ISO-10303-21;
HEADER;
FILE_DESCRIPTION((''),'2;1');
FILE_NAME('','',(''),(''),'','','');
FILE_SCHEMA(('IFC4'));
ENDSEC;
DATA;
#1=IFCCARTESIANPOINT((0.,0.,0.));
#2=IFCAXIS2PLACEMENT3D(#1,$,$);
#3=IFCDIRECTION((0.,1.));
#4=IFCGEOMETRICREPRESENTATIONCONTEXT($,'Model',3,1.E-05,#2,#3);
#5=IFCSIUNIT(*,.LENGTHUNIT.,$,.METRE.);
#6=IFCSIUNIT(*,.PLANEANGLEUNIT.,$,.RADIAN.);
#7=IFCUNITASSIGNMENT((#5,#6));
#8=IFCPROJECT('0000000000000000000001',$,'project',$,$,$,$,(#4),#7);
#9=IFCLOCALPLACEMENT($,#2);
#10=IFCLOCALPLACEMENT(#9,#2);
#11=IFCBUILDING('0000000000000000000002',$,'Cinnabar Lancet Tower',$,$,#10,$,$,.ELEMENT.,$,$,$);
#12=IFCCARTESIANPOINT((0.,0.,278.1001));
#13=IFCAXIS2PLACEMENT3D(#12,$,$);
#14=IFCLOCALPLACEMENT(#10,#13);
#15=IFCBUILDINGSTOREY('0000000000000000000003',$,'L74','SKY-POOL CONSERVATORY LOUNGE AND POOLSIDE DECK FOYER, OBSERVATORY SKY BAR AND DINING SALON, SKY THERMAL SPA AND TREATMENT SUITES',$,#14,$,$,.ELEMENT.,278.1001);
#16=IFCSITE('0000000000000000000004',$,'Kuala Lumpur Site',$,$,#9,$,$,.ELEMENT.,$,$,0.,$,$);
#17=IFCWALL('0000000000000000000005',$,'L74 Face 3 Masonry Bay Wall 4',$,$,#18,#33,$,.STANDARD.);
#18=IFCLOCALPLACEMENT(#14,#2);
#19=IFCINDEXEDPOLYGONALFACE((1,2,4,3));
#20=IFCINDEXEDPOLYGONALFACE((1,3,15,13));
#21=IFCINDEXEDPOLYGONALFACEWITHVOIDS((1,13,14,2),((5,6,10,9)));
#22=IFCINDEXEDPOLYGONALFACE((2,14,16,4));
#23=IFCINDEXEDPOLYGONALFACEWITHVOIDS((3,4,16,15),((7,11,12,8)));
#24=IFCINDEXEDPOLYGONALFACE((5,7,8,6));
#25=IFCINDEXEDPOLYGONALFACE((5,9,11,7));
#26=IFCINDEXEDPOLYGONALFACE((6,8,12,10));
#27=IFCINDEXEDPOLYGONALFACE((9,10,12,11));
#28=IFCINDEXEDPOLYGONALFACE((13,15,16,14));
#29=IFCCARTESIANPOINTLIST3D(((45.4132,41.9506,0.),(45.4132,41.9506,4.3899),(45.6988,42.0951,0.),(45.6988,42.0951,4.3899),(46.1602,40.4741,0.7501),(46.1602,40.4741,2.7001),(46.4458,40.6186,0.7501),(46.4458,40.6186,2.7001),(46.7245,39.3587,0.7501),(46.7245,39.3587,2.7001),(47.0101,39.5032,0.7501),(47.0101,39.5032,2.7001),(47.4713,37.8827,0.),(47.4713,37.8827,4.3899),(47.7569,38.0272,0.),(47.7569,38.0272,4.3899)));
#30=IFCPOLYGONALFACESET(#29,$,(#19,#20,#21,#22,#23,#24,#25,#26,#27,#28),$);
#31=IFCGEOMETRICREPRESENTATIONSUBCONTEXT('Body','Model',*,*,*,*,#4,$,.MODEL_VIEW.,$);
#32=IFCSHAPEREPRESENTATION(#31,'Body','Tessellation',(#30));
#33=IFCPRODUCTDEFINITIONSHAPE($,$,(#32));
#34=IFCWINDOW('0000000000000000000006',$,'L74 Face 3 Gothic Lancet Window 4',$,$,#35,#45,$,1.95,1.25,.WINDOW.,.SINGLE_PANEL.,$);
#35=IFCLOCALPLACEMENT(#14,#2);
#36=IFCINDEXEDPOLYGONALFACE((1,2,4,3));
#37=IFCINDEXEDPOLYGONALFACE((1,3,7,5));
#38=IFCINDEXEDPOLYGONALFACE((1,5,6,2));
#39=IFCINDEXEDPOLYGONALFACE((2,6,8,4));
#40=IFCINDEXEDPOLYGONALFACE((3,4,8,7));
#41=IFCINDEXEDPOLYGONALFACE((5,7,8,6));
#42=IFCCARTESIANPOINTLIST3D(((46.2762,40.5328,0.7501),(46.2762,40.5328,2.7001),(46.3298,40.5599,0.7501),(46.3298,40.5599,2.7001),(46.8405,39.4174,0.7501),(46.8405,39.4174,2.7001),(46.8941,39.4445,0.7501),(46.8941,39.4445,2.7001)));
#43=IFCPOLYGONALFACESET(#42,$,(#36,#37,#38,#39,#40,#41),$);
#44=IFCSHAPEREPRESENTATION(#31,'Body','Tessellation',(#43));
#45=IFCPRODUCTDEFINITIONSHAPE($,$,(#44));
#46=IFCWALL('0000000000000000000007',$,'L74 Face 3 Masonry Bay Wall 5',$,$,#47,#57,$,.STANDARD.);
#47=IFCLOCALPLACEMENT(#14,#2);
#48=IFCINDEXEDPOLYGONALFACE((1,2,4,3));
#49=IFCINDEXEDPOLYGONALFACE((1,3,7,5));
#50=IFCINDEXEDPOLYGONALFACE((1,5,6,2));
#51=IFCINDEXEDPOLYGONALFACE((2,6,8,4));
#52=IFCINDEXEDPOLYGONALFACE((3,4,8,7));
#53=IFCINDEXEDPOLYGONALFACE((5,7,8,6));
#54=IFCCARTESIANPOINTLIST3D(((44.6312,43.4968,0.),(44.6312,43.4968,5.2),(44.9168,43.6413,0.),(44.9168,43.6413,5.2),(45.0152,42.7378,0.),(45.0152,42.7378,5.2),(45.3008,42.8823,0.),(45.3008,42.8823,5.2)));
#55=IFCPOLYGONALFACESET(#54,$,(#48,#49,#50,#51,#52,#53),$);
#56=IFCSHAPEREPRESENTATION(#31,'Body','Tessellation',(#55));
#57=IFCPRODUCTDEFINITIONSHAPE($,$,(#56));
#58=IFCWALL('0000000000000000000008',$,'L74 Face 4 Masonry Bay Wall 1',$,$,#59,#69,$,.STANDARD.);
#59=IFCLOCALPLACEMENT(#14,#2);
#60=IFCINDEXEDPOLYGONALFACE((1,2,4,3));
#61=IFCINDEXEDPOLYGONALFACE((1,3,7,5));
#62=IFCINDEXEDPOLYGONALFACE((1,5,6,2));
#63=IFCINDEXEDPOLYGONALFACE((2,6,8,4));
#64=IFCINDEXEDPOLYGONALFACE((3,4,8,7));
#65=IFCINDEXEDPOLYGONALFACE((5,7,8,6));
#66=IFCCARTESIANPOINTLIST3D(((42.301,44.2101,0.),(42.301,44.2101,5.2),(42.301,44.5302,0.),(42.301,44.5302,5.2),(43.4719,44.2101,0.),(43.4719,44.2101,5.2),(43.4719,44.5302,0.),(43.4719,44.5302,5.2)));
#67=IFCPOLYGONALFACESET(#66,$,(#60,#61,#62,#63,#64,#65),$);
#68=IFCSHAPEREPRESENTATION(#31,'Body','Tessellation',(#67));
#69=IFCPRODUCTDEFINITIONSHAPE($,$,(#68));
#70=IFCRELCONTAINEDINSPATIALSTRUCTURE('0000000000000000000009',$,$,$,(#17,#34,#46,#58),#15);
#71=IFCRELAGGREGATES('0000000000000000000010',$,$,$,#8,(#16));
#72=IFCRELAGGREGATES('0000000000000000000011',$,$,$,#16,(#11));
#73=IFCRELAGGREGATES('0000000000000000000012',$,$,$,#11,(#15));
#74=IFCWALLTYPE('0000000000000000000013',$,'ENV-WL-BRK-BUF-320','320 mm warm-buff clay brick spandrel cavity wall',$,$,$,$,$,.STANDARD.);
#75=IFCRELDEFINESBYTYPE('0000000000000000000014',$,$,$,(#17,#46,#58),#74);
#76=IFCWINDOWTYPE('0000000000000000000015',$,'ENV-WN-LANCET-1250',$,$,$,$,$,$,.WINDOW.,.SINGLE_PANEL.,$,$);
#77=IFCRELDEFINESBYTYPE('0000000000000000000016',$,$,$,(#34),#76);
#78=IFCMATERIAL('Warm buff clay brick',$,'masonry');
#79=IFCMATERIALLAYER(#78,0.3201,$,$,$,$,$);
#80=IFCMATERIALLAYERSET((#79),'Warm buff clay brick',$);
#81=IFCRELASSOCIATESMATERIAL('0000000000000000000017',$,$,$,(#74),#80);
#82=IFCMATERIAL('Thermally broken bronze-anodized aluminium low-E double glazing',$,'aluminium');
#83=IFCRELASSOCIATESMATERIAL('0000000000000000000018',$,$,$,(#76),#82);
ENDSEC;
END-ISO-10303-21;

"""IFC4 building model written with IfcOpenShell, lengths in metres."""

from ifc_helpers import new_model, si_unit, direction, frame, frame_2d, origin, place, context, subcontext, project, spatial, rectangle, extrude, material, layer, layer_set, type_object, element, fill, save


model = new_model("IFC4")

# Units and contexts
model_context = context("Model", 3, precision=1e-05, world=origin(), true_north=direction((0.0, 1.0)))
body_context = subcontext(model_context, "Body", "Model", "MODEL_VIEW")
ifc_project = project(units=[si_unit("LENGTHUNIT", "METRE"), si_unit("PLANEANGLEUNIT", "RADIAN")], contexts=[model_context])

# Site, building, storey
site_placement = place(None, origin())
site = spatial("IfcSite", under=ifc_project, at=site_placement, Name="Kuala Lumpur Site", CompositionType="ELEMENT", RefElevation=0.0)
building_placement = place(site_placement, origin())
building = spatial("IfcBuilding", under=site, at=building_placement, Name="Cinnabar Lancet Tower", CompositionType="ELEMENT")
storey_placement = place(building_placement, frame((0.0, 0.0, 278.1001)))
storey = spatial("IfcBuildingStorey", under=building, at=storey_placement, Name="L74", Description="SKY-POOL CONSERVATORY LOUNGE AND POOLSIDE DECK FOYER, OBSERVATORY SKY BAR AND DINING SALON, SKY THERMAL SPA AND TREATMENT SUITES", CompositionType="ELEMENT", Elevation=278.1001)

# Shared definitions
ifc_material_1 = material(Name="Warm buff clay brick", Category="masonry")
ifc_layer_1 = layer(ifc_material_1, 0.3201)
ifc_layer_set_1 = layer_set([ifc_layer_1], Name="Warm buff clay brick")
wall_type = type_object("IfcWallType", Name="ENV-WL-BRK-BUF-320", Description="320 mm warm-buff clay brick spandrel cavity wall", PredefinedType="STANDARD", material=ifc_layer_set_1)

# Wall, opening, window
wall_1_placement = place(storey_placement, frame((47.614, 37.9551, 0.0), z_axis=(0.0, 0.0, 1.0), x_axis=(-0.45145, 0.892296, 0.0)))
wall_1 = element("IfcWall", 1, at=wall_1_placement, inside=storey, type_object=wall_type, Name="L74 Face 3 Masonry Bay Wall 4", PredefinedType="STANDARD", context=body_context, shape_type="SweptSolid", body=[
    extrude(rectangle(XDim=4.5588, YDim=0.3201, at=frame_2d((2.2793, 0.0))), origin(), (0.0, 0.0, 1.0), 4.3899),
])
opening_placement = place(wall_1_placement, frame((1.6541, 0.0, 0.75)))
opening = element("IfcOpeningElement", 2, at=opening_placement, cuts=wall_1, PredefinedType="OPENING", context=body_context, shape_type="SweptSolid", body=[
    extrude(rectangle(XDim=1.25, YDim=1.95, at=frame_2d((0.625, 0.9751))), frame((0.0, 0.1699, 0.0), z_axis=(0.0, -1.0, 0.0), x_axis=(1.0, 0.0, 0.0)), (0.0, 0.0, 1.0), 0.3401),
])
ifc_material_2 = material(Name="Thermally broken bronze-anodized aluminium low-E double glazing", Category="aluminium")
window_type = type_object("IfcWindowType", Name="ENV-WN-LANCET-1250", PartitioningType="SINGLE_PANEL", PredefinedType="WINDOW", material=ifc_material_2)
window_placement = place(opening_placement, origin())
window = element("IfcWindow", 3, at=window_placement, inside=storey, type_object=window_type, Name="L74 Face 3 Gothic Lancet Window 4", OverallHeight=1.95, OverallWidth=1.25, PartitioningType="SINGLE_PANEL", PredefinedType="WINDOW", context=body_context, shape_type="SweptSolid", body=[
    extrude(rectangle(XDim=1.25, YDim=1.95, at=frame_2d((0.625, 0.9751))), frame((0.0, 0.03, 0.0), z_axis=(0.0, -1.0, 0.0), x_axis=(1.0, 0.0, 0.0)), (0.0, 0.0, 1.0), 0.0601),
])
fill(opening, window)

# Walls
wall_2_placement = place(storey_placement, frame((45.158, 42.8101, 0.0), z_axis=(0.0, 0.0, 1.0), x_axis=(-0.451456, 0.892293, 0.0)))
element("IfcWall", 4, at=wall_2_placement, inside=storey, type_object=wall_type, Name="L74 Face 3 Masonry Bay Wall 5", PredefinedType="STANDARD", context=body_context, shape_type="SweptSolid", body=[
    extrude(rectangle(XDim=0.8506, YDim=0.3201, at=frame_2d((0.4253, 0.0))), origin(), (0.0, 0.0, 1.0), 5.2),
])
wall_3_placement = place(storey_placement, frame((43.4719, 44.3701, 0.0), z_axis=(0.0, 0.0, 1.0), x_axis=(-1.0, 0.0, 0.0)))
element("IfcWall", 5, at=wall_3_placement, inside=storey, type_object=wall_type, Name="L74 Face 4 Masonry Bay Wall 1", PredefinedType="STANDARD", context=body_context, shape_type="SweptSolid", body=[
    extrude(rectangle(XDim=1.1709, YDim=0.3201, at=frame_2d((0.5854, 0.0))), origin(), (0.0, 0.0, 1.0), 5.2),
])

save(model, "model.ifc")
